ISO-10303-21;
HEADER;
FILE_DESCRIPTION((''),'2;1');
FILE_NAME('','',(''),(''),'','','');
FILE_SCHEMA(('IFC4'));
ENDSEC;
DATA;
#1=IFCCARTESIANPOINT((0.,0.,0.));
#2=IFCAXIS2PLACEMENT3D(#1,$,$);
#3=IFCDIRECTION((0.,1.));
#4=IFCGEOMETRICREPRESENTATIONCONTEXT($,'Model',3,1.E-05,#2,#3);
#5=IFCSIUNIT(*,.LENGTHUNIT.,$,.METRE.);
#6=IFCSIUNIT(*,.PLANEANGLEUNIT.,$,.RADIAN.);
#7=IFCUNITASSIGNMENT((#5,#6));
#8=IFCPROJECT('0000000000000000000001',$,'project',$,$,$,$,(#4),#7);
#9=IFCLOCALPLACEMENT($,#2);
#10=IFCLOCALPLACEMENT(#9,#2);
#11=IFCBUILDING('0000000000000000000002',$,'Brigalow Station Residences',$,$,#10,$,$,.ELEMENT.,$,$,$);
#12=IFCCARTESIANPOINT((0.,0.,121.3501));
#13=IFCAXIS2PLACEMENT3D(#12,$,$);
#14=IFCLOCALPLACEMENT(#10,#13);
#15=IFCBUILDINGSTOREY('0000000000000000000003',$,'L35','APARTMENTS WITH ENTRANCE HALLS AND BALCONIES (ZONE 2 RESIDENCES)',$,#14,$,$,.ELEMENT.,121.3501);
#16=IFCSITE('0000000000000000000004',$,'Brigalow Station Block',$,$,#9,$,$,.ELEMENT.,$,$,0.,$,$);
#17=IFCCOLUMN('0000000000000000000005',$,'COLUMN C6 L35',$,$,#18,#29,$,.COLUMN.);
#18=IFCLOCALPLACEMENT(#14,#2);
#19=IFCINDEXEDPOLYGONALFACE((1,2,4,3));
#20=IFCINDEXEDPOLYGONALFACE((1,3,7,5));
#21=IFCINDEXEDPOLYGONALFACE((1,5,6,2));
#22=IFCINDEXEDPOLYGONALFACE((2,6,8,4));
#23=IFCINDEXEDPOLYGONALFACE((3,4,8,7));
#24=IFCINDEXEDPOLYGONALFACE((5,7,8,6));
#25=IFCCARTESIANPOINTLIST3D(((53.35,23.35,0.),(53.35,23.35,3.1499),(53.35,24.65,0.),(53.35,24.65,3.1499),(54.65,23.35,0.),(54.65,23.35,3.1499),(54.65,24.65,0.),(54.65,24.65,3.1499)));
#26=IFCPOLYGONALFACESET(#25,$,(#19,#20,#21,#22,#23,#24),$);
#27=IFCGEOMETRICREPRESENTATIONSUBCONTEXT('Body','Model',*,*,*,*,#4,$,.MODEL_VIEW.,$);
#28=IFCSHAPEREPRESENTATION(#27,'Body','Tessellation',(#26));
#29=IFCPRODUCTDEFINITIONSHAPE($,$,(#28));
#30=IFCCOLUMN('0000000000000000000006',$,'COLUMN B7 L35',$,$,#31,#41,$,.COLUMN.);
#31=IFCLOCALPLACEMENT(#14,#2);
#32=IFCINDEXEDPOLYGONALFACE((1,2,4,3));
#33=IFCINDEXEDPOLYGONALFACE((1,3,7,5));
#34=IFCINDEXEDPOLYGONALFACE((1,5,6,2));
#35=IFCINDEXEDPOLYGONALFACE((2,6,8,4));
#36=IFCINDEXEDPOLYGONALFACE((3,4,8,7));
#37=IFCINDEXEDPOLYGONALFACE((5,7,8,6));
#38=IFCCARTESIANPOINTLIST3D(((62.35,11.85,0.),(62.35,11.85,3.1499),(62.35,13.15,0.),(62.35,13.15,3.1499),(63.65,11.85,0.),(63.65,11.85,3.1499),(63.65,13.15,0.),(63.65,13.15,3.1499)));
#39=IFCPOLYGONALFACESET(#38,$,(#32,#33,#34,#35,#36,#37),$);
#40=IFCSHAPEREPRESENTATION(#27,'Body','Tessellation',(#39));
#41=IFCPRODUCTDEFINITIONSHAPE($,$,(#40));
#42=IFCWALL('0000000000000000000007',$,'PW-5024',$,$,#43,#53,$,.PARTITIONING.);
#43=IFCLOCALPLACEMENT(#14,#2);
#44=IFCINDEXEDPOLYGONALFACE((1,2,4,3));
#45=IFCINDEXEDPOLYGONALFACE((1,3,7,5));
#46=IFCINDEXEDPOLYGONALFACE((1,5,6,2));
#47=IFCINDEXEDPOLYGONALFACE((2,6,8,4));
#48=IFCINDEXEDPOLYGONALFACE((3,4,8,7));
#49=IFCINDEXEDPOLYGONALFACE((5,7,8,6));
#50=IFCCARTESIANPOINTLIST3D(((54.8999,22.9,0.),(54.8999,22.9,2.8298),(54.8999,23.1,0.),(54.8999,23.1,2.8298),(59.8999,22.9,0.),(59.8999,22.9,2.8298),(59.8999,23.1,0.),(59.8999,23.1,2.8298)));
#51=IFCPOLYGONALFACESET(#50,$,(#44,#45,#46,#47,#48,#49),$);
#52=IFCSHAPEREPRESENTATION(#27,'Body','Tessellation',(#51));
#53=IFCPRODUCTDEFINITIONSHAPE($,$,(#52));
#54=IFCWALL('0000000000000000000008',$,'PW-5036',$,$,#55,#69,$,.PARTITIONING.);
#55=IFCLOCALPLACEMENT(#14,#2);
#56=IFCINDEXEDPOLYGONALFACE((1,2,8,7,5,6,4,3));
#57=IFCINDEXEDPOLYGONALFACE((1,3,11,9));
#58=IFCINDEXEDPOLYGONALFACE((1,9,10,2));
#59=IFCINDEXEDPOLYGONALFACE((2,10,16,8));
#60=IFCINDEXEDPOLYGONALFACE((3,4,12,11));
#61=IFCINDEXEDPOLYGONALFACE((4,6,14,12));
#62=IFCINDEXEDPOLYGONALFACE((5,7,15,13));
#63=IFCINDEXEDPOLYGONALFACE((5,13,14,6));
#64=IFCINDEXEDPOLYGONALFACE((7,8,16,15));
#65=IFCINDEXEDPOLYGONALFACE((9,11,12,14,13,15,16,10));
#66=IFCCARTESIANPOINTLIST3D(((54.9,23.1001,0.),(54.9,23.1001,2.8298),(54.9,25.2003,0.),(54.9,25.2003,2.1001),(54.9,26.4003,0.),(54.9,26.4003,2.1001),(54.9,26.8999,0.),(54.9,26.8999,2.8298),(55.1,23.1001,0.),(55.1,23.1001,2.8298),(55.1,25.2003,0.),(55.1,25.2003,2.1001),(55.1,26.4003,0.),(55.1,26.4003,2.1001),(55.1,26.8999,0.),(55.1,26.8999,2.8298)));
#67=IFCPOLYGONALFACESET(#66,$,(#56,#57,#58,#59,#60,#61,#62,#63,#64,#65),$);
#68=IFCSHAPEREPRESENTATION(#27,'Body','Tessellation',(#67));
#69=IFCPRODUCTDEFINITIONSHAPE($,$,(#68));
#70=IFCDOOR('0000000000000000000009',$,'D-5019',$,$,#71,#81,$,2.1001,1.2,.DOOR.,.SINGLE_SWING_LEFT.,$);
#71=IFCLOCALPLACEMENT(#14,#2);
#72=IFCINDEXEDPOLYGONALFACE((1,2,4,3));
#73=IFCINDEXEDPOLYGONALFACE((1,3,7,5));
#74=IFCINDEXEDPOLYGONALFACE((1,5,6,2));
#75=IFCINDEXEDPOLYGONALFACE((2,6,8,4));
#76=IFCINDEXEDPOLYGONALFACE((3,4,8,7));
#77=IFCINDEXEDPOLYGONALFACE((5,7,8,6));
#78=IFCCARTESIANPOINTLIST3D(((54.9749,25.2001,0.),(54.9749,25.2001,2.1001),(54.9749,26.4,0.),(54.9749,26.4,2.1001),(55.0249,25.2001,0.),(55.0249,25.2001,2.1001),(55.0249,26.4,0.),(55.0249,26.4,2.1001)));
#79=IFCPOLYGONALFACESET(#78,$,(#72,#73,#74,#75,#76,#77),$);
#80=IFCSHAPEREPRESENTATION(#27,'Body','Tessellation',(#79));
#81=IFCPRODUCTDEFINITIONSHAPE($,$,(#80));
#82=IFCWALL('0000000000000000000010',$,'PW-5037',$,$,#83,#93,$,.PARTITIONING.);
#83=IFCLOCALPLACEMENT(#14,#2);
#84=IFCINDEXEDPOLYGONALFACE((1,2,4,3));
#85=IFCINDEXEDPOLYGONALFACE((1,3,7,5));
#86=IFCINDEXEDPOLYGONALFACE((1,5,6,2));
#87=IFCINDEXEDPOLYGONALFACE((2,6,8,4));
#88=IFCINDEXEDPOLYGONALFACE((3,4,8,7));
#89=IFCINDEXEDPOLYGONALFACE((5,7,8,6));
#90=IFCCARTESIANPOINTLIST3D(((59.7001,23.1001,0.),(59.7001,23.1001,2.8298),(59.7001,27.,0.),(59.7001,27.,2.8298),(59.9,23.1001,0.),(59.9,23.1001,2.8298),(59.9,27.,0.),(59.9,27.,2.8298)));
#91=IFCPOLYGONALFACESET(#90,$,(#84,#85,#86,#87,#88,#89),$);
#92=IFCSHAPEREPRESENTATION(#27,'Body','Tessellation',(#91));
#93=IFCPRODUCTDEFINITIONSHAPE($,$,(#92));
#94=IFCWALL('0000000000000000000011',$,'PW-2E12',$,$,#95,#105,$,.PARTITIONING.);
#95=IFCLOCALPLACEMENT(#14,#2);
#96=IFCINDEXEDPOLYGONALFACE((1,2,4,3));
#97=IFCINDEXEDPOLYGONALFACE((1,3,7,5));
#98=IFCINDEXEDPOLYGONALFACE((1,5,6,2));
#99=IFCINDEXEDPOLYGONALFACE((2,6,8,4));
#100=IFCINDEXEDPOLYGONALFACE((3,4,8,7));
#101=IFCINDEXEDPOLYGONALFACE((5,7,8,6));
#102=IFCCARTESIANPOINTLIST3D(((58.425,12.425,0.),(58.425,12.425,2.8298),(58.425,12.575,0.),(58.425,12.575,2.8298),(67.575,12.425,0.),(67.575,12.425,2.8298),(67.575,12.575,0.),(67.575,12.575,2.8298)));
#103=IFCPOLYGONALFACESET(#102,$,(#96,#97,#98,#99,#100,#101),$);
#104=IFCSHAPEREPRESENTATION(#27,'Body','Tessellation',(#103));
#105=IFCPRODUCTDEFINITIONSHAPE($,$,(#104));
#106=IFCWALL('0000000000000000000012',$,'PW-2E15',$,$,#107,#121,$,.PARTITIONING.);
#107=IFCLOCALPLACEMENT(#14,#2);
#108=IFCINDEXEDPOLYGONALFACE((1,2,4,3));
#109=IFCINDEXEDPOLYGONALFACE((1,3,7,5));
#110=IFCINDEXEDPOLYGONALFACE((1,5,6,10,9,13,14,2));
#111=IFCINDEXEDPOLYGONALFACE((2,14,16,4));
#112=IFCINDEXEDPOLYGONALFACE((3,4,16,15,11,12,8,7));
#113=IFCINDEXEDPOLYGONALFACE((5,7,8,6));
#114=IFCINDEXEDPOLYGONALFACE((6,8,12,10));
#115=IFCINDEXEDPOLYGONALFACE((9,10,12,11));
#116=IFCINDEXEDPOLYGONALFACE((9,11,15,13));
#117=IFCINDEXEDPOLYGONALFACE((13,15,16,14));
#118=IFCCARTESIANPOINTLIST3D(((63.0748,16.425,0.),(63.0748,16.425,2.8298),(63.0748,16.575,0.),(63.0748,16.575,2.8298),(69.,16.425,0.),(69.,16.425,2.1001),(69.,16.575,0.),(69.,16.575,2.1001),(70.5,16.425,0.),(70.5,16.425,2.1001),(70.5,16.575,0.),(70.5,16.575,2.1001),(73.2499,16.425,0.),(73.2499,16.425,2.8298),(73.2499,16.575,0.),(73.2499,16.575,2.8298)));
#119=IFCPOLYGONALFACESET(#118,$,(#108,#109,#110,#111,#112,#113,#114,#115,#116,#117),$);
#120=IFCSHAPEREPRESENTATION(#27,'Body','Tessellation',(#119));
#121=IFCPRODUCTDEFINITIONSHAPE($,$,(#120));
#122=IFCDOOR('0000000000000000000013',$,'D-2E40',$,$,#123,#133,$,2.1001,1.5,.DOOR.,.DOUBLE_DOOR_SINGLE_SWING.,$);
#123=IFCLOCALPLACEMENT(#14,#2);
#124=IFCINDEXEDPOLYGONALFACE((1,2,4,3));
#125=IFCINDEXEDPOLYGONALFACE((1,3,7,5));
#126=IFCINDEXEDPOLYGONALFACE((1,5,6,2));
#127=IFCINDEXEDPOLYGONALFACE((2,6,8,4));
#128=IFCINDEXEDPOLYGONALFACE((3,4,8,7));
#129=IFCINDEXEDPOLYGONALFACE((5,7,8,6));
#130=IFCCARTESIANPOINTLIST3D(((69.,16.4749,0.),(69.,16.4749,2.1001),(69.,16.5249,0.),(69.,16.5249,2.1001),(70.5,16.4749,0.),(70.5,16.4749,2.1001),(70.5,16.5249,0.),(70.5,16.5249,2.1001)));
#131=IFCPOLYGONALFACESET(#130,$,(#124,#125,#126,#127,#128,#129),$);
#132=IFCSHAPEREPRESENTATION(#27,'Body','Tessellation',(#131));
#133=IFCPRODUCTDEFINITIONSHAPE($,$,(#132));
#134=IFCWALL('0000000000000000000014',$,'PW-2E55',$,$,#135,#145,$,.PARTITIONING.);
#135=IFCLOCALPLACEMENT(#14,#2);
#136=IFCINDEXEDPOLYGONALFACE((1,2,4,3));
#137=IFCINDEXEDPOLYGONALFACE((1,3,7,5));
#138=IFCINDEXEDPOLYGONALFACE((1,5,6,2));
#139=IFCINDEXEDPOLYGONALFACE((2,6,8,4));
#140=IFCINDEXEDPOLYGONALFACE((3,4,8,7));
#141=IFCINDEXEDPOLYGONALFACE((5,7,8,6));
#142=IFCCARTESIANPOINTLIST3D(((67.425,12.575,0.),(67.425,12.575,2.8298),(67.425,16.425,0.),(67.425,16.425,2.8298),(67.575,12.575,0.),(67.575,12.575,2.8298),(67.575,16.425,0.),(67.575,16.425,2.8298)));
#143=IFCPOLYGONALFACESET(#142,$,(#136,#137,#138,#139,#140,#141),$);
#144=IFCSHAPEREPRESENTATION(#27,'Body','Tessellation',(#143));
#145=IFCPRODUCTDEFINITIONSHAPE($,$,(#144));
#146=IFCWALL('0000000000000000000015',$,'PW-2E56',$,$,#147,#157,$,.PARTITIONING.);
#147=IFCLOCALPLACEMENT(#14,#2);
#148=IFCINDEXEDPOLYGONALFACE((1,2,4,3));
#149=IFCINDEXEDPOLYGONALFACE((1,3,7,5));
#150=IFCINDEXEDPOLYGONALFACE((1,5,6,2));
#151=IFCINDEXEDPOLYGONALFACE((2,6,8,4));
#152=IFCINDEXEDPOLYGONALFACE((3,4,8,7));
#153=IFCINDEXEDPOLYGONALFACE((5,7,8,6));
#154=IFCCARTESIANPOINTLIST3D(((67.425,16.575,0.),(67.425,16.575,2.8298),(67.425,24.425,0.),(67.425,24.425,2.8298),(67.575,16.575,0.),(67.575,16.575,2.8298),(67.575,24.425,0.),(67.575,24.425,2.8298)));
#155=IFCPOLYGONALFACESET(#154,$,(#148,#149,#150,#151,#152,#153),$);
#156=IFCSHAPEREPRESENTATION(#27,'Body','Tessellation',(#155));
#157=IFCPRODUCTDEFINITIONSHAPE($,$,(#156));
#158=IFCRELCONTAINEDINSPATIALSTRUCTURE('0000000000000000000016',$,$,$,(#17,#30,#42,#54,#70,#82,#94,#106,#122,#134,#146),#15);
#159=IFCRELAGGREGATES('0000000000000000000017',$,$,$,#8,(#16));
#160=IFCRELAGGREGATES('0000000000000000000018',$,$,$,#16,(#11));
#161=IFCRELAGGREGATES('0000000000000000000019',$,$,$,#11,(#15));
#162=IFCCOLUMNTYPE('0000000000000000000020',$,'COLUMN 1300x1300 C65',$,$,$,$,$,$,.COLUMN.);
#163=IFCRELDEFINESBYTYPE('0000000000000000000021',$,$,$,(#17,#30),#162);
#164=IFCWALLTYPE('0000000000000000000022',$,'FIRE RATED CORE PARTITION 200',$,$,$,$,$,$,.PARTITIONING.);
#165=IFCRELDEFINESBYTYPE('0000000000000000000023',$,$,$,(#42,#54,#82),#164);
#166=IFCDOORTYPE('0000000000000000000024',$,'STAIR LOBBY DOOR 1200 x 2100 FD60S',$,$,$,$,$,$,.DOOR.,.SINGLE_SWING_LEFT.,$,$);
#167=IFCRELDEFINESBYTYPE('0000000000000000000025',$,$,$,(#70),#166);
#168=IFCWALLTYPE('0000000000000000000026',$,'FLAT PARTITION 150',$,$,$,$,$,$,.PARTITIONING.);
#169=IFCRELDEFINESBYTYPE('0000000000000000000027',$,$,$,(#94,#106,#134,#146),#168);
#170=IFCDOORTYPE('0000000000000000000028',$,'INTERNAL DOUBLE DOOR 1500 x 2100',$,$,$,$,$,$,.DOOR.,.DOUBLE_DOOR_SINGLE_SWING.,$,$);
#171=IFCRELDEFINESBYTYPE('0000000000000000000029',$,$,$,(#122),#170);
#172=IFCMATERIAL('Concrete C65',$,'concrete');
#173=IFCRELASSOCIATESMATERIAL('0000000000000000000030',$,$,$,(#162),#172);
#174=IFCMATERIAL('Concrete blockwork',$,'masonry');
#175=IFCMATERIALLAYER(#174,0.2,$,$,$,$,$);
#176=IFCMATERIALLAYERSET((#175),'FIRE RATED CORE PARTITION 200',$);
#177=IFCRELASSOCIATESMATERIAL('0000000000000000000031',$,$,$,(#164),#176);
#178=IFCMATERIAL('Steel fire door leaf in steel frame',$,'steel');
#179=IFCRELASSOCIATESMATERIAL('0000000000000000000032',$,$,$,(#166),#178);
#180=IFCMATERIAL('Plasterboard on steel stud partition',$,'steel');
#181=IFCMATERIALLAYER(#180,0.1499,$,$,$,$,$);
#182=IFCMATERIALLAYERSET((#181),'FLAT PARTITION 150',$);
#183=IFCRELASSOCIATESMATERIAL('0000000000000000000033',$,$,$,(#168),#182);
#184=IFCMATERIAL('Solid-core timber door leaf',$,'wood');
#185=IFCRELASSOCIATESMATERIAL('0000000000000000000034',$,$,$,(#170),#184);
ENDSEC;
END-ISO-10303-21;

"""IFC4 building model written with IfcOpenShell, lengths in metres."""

from ifc_helpers import new_model, si_unit, direction, frame, frame_2d, origin, origin_2d, place, context, subcontext, project, spatial, rectangle, extrude, material, layer, layer_set, material_profile, profile_set, type_object, element, fill, save


model = new_model("IFC4")

# Units and contexts
model_context = context("Model", 3, precision=1e-05, world=origin(), true_north=direction((0.0, 1.0)))
body_context = subcontext(model_context, "Body", "Model", "MODEL_VIEW")
ifc_project = project(units=[si_unit("LENGTHUNIT", "METRE"), si_unit("PLANEANGLEUNIT", "RADIAN")], contexts=[model_context])

# Site, building, storey
site_placement = place(None, origin())
site = spatial("IfcSite", under=ifc_project, at=site_placement, Name="Brigalow Station Block", CompositionType="ELEMENT", RefElevation=0.0)
building_placement = place(site_placement, origin())
building = spatial("IfcBuilding", under=site, at=building_placement, Name="Brigalow Station Residences", CompositionType="ELEMENT")
storey_placement = place(building_placement, frame((0.0, 0.0, 121.3501)))
storey = spatial("IfcBuildingStorey", under=building, at=storey_placement, Name="L35", Description="APARTMENTS WITH ENTRANCE HALLS AND BALCONIES (ZONE 2 RESIDENCES)", CompositionType="ELEMENT", Elevation=121.3501)

# Columns
ifc_material_1 = material(Name="Concrete C65", Category="concrete")
ifc_material_profile = material_profile(ifc_material_1, rectangle(XDim=1.3, YDim=1.3, at=origin_2d()), Name="RC1300x1300")
ifc_profile_set = profile_set([ifc_material_profile], Name="Concrete C65")
column_type = type_object("IfcColumnType", Name="COLUMN 1300x1300 C65", PredefinedType="COLUMN", material=ifc_profile_set)
for number, where, z_axis, x_axis, name in (
    (1, (54.0, 24.0, 0.0), (0.0, 0.0, 1.0), (1.0, 0.0, 0.0), "COLUMN C6 L35"),
    (2, (63.0, 12.5, 0.0), (0.0, 0.0, 1.0), (1.0, 0.0, 0.0), "COLUMN B7 L35"),
):
    element("IfcColumn", number, at=place(storey_placement, frame(where, z_axis=z_axis, x_axis=x_axis)), inside=storey, type_object=column_type, Name=name, PredefinedType="COLUMN", context=body_context, shape_type="SweptSolid", body=[
        extrude(rectangle(XDim=1.3, YDim=1.3, at=origin_2d()), origin(), (0.0, 0.0, 1.0), 3.1499),
    ])

# Wall
ifc_material_2 = material(Name="Concrete blockwork", Category="masonry")
ifc_layer_1 = layer(ifc_material_2, 0.2)
ifc_layer_set_1 = layer_set([ifc_layer_1], Name="FIRE RATED CORE PARTITION 200")
wall_type_1 = type_object("IfcWallType", Name="FIRE RATED CORE PARTITION 200", PredefinedType="PARTITIONING", material=ifc_layer_set_1)
wall_1_placement = place(storey_placement, frame((54.8999, 23.0, 0.0), z_axis=(0.0, 0.0, 1.0), x_axis=(1.0, 0.0, 0.0)))
element("IfcWall", 3, at=wall_1_placement, inside=storey, type_object=wall_type_1, Name="PW-5024", PredefinedType="PARTITIONING", context=body_context, shape_type="SweptSolid", body=[
    extrude(rectangle(XDim=5.0, YDim=0.2, at=frame_2d((2.5, 0.0))), origin(), (0.0, 0.0, 1.0), 2.8298),
])

# Wall, opening, door
wall_2_placement = place(storey_placement, frame((55.0, 23.1001, 0.0), z_axis=(0.0, 0.0, 1.0), x_axis=(0.0, 1.0, 0.0)))
wall_2 = element("IfcWall", 4, at=wall_2_placement, inside=storey, type_object=wall_type_1, Name="PW-5036", PredefinedType="PARTITIONING", context=body_context, shape_type="SweptSolid", body=[
    extrude(rectangle(XDim=3.7998, YDim=0.2, at=frame_2d((1.8999, 0.0))), origin(), (0.0, 0.0, 1.0), 2.8298),
])
opening_1_placement = place(wall_2_placement, frame((2.1001, 0.0, 0.0)))
opening_1 = element("IfcOpeningElement", 5, at=opening_1_placement, cuts=wall_2, PredefinedType="OPENING", context=body_context, shape_type="SweptSolid", body=[
    extrude(rectangle(XDim=1.2, YDim=2.1001, at=frame_2d((0.6001, 1.05))), frame((0.0, 0.1099, 0.0), z_axis=(0.0, -1.0, 0.0), x_axis=(1.0, 0.0, 0.0)), (0.0, 0.0, 1.0), 0.22),
])
ifc_material_3 = material(Name="Steel fire door leaf in steel frame", Category="steel")
door_type_1 = type_object("IfcDoorType", Name="STAIR LOBBY DOOR 1200 x 2100 FD60S", OperationType="SINGLE_SWING_LEFT", PredefinedType="DOOR", material=ifc_material_3)
door_1_placement = place(opening_1_placement, frame((1.2, 0.0, 0.0), z_axis=(0.0, 0.0, 1.0), x_axis=(-1.0, 0.0, 0.0)))
door_1 = element("IfcDoor", 6, at=door_1_placement, inside=storey, type_object=door_type_1, Name="D-5019", OperationType="SINGLE_SWING_LEFT", OverallHeight=2.1001, OverallWidth=1.2, PredefinedType="DOOR", context=body_context, shape_type="SweptSolid", body=[
    extrude(rectangle(XDim=1.2, YDim=2.1001, at=frame_2d((0.6001, 1.05))), frame((0.0, 0.0249, 0.0), z_axis=(0.0, -1.0, 0.0), x_axis=(1.0, 0.0, 0.0)), (0.0, 0.0, 1.0), 0.05),
])
fill(opening_1, door_1)

# Walls
wall_3_placement = place(storey_placement, frame((59.8, 23.1001, 0.0), z_axis=(0.0, 0.0, 1.0), x_axis=(0.0, 1.0, 0.0)))
element("IfcWall", 7, at=wall_3_placement, inside=storey, type_object=wall_type_1, Name="PW-5037", PredefinedType="PARTITIONING", context=body_context, shape_type="SweptSolid", body=[
    extrude(rectangle(XDim=3.8999, YDim=0.2, at=frame_2d((1.95, 0.0))), origin(), (0.0, 0.0, 1.0), 2.8298),
])
ifc_material_4 = material(Name="Plasterboard on steel stud partition", Category="steel")
ifc_layer_2 = layer(ifc_material_4, 0.1499)
ifc_layer_set_2 = layer_set([ifc_layer_2], Name="FLAT PARTITION 150")
wall_type_2 = type_object("IfcWallType", Name="FLAT PARTITION 150", PredefinedType="PARTITIONING", material=ifc_layer_set_2)
wall_4_placement = place(storey_placement, frame((58.425, 12.5, 0.0), z_axis=(0.0, 0.0, 1.0), x_axis=(1.0, 0.0, 0.0)))
element("IfcWall", 8, at=wall_4_placement, inside=storey, type_object=wall_type_2, Name="PW-2E12", PredefinedType="PARTITIONING", context=body_context, shape_type="SweptSolid", body=[
    extrude(rectangle(XDim=9.1499, YDim=0.1499, at=frame_2d((4.575, 0.0))), origin(), (0.0, 0.0, 1.0), 2.8298),
])

# Wall, opening, door
wall_5_placement = place(storey_placement, frame((63.075, 16.5, 0.0), z_axis=(0.0, 0.0, 1.0), x_axis=(1.0, 0.0, 0.0)))
wall_5 = element("IfcWall", 9, at=wall_5_placement, inside=storey, type_object=wall_type_2, Name="PW-2E15", PredefinedType="PARTITIONING", context=body_context, shape_type="SweptSolid", body=[
    extrude(rectangle(XDim=10.175, YDim=0.1499, at=frame_2d((5.0874, 0.0))), origin(), (0.0, 0.0, 1.0), 2.8298),
])
opening_2_placement = place(wall_5_placement, frame((5.925, 0.0, 0.0)))
opening_2 = element("IfcOpeningElement", 10, at=opening_2_placement, cuts=wall_5, PredefinedType="OPENING", context=body_context, shape_type="SweptSolid", body=[
    extrude(rectangle(XDim=1.5, YDim=2.1001, at=frame_2d((0.75, 1.05))), frame((0.0, 0.085, 0.0), z_axis=(0.0, -1.0, 0.0), x_axis=(1.0, 0.0, 0.0)), (0.0, 0.0, 1.0), 0.1699),
])
ifc_material_5 = material(Name="Solid-core timber door leaf", Category="wood")
door_type_2 = type_object("IfcDoorType", Name="INTERNAL DOUBLE DOOR 1500 x 2100", OperationType="DOUBLE_DOOR_SINGLE_SWING", PredefinedType="DOOR", material=ifc_material_5)
door_2_placement = place(opening_2_placement, origin())
door_2 = element("IfcDoor", 11, at=door_2_placement, inside=storey, type_object=door_type_2, Name="D-2E40", OperationType="DOUBLE_DOOR_SINGLE_SWING", OverallHeight=2.1001, OverallWidth=1.5, PredefinedType="DOOR", context=body_context, shape_type="SweptSolid", body=[
    extrude(rectangle(XDim=1.5, YDim=2.1001, at=frame_2d((0.75, 1.05))), frame((0.0, 0.0249, 0.0), z_axis=(0.0, -1.0, 0.0), x_axis=(1.0, 0.0, 0.0)), (0.0, 0.0, 1.0), 0.05),
])
fill(opening_2, door_2)

# Walls
wall_6_placement = place(storey_placement, frame((67.5, 12.575, 0.0), z_axis=(0.0, 0.0, 1.0), x_axis=(0.0, 1.0, 0.0)))
element("IfcWall", 12, at=wall_6_placement, inside=storey, type_object=wall_type_2, Name="PW-2E55", PredefinedType="PARTITIONING", context=body_context, shape_type="SweptSolid", body=[
    extrude(rectangle(XDim=3.8501, YDim=0.1499, at=frame_2d((1.925, 0.0))), origin(), (0.0, 0.0, 1.0), 2.8298),
])
wall_7_placement = place(storey_placement, frame((67.5, 16.575, 0.0), z_axis=(0.0, 0.0, 1.0), x_axis=(0.0, 1.0, 0.0)))
element("IfcWall", 13, at=wall_7_placement, inside=storey, type_object=wall_type_2, Name="PW-2E56", PredefinedType="PARTITIONING", context=body_context, shape_type="SweptSolid", body=[
    extrude(rectangle(XDim=7.8501, YDim=0.1499, at=frame_2d((3.925, 0.0))), origin(), (0.0, 0.0, 1.0), 2.8298),
])

save(model, "model.ifc")
